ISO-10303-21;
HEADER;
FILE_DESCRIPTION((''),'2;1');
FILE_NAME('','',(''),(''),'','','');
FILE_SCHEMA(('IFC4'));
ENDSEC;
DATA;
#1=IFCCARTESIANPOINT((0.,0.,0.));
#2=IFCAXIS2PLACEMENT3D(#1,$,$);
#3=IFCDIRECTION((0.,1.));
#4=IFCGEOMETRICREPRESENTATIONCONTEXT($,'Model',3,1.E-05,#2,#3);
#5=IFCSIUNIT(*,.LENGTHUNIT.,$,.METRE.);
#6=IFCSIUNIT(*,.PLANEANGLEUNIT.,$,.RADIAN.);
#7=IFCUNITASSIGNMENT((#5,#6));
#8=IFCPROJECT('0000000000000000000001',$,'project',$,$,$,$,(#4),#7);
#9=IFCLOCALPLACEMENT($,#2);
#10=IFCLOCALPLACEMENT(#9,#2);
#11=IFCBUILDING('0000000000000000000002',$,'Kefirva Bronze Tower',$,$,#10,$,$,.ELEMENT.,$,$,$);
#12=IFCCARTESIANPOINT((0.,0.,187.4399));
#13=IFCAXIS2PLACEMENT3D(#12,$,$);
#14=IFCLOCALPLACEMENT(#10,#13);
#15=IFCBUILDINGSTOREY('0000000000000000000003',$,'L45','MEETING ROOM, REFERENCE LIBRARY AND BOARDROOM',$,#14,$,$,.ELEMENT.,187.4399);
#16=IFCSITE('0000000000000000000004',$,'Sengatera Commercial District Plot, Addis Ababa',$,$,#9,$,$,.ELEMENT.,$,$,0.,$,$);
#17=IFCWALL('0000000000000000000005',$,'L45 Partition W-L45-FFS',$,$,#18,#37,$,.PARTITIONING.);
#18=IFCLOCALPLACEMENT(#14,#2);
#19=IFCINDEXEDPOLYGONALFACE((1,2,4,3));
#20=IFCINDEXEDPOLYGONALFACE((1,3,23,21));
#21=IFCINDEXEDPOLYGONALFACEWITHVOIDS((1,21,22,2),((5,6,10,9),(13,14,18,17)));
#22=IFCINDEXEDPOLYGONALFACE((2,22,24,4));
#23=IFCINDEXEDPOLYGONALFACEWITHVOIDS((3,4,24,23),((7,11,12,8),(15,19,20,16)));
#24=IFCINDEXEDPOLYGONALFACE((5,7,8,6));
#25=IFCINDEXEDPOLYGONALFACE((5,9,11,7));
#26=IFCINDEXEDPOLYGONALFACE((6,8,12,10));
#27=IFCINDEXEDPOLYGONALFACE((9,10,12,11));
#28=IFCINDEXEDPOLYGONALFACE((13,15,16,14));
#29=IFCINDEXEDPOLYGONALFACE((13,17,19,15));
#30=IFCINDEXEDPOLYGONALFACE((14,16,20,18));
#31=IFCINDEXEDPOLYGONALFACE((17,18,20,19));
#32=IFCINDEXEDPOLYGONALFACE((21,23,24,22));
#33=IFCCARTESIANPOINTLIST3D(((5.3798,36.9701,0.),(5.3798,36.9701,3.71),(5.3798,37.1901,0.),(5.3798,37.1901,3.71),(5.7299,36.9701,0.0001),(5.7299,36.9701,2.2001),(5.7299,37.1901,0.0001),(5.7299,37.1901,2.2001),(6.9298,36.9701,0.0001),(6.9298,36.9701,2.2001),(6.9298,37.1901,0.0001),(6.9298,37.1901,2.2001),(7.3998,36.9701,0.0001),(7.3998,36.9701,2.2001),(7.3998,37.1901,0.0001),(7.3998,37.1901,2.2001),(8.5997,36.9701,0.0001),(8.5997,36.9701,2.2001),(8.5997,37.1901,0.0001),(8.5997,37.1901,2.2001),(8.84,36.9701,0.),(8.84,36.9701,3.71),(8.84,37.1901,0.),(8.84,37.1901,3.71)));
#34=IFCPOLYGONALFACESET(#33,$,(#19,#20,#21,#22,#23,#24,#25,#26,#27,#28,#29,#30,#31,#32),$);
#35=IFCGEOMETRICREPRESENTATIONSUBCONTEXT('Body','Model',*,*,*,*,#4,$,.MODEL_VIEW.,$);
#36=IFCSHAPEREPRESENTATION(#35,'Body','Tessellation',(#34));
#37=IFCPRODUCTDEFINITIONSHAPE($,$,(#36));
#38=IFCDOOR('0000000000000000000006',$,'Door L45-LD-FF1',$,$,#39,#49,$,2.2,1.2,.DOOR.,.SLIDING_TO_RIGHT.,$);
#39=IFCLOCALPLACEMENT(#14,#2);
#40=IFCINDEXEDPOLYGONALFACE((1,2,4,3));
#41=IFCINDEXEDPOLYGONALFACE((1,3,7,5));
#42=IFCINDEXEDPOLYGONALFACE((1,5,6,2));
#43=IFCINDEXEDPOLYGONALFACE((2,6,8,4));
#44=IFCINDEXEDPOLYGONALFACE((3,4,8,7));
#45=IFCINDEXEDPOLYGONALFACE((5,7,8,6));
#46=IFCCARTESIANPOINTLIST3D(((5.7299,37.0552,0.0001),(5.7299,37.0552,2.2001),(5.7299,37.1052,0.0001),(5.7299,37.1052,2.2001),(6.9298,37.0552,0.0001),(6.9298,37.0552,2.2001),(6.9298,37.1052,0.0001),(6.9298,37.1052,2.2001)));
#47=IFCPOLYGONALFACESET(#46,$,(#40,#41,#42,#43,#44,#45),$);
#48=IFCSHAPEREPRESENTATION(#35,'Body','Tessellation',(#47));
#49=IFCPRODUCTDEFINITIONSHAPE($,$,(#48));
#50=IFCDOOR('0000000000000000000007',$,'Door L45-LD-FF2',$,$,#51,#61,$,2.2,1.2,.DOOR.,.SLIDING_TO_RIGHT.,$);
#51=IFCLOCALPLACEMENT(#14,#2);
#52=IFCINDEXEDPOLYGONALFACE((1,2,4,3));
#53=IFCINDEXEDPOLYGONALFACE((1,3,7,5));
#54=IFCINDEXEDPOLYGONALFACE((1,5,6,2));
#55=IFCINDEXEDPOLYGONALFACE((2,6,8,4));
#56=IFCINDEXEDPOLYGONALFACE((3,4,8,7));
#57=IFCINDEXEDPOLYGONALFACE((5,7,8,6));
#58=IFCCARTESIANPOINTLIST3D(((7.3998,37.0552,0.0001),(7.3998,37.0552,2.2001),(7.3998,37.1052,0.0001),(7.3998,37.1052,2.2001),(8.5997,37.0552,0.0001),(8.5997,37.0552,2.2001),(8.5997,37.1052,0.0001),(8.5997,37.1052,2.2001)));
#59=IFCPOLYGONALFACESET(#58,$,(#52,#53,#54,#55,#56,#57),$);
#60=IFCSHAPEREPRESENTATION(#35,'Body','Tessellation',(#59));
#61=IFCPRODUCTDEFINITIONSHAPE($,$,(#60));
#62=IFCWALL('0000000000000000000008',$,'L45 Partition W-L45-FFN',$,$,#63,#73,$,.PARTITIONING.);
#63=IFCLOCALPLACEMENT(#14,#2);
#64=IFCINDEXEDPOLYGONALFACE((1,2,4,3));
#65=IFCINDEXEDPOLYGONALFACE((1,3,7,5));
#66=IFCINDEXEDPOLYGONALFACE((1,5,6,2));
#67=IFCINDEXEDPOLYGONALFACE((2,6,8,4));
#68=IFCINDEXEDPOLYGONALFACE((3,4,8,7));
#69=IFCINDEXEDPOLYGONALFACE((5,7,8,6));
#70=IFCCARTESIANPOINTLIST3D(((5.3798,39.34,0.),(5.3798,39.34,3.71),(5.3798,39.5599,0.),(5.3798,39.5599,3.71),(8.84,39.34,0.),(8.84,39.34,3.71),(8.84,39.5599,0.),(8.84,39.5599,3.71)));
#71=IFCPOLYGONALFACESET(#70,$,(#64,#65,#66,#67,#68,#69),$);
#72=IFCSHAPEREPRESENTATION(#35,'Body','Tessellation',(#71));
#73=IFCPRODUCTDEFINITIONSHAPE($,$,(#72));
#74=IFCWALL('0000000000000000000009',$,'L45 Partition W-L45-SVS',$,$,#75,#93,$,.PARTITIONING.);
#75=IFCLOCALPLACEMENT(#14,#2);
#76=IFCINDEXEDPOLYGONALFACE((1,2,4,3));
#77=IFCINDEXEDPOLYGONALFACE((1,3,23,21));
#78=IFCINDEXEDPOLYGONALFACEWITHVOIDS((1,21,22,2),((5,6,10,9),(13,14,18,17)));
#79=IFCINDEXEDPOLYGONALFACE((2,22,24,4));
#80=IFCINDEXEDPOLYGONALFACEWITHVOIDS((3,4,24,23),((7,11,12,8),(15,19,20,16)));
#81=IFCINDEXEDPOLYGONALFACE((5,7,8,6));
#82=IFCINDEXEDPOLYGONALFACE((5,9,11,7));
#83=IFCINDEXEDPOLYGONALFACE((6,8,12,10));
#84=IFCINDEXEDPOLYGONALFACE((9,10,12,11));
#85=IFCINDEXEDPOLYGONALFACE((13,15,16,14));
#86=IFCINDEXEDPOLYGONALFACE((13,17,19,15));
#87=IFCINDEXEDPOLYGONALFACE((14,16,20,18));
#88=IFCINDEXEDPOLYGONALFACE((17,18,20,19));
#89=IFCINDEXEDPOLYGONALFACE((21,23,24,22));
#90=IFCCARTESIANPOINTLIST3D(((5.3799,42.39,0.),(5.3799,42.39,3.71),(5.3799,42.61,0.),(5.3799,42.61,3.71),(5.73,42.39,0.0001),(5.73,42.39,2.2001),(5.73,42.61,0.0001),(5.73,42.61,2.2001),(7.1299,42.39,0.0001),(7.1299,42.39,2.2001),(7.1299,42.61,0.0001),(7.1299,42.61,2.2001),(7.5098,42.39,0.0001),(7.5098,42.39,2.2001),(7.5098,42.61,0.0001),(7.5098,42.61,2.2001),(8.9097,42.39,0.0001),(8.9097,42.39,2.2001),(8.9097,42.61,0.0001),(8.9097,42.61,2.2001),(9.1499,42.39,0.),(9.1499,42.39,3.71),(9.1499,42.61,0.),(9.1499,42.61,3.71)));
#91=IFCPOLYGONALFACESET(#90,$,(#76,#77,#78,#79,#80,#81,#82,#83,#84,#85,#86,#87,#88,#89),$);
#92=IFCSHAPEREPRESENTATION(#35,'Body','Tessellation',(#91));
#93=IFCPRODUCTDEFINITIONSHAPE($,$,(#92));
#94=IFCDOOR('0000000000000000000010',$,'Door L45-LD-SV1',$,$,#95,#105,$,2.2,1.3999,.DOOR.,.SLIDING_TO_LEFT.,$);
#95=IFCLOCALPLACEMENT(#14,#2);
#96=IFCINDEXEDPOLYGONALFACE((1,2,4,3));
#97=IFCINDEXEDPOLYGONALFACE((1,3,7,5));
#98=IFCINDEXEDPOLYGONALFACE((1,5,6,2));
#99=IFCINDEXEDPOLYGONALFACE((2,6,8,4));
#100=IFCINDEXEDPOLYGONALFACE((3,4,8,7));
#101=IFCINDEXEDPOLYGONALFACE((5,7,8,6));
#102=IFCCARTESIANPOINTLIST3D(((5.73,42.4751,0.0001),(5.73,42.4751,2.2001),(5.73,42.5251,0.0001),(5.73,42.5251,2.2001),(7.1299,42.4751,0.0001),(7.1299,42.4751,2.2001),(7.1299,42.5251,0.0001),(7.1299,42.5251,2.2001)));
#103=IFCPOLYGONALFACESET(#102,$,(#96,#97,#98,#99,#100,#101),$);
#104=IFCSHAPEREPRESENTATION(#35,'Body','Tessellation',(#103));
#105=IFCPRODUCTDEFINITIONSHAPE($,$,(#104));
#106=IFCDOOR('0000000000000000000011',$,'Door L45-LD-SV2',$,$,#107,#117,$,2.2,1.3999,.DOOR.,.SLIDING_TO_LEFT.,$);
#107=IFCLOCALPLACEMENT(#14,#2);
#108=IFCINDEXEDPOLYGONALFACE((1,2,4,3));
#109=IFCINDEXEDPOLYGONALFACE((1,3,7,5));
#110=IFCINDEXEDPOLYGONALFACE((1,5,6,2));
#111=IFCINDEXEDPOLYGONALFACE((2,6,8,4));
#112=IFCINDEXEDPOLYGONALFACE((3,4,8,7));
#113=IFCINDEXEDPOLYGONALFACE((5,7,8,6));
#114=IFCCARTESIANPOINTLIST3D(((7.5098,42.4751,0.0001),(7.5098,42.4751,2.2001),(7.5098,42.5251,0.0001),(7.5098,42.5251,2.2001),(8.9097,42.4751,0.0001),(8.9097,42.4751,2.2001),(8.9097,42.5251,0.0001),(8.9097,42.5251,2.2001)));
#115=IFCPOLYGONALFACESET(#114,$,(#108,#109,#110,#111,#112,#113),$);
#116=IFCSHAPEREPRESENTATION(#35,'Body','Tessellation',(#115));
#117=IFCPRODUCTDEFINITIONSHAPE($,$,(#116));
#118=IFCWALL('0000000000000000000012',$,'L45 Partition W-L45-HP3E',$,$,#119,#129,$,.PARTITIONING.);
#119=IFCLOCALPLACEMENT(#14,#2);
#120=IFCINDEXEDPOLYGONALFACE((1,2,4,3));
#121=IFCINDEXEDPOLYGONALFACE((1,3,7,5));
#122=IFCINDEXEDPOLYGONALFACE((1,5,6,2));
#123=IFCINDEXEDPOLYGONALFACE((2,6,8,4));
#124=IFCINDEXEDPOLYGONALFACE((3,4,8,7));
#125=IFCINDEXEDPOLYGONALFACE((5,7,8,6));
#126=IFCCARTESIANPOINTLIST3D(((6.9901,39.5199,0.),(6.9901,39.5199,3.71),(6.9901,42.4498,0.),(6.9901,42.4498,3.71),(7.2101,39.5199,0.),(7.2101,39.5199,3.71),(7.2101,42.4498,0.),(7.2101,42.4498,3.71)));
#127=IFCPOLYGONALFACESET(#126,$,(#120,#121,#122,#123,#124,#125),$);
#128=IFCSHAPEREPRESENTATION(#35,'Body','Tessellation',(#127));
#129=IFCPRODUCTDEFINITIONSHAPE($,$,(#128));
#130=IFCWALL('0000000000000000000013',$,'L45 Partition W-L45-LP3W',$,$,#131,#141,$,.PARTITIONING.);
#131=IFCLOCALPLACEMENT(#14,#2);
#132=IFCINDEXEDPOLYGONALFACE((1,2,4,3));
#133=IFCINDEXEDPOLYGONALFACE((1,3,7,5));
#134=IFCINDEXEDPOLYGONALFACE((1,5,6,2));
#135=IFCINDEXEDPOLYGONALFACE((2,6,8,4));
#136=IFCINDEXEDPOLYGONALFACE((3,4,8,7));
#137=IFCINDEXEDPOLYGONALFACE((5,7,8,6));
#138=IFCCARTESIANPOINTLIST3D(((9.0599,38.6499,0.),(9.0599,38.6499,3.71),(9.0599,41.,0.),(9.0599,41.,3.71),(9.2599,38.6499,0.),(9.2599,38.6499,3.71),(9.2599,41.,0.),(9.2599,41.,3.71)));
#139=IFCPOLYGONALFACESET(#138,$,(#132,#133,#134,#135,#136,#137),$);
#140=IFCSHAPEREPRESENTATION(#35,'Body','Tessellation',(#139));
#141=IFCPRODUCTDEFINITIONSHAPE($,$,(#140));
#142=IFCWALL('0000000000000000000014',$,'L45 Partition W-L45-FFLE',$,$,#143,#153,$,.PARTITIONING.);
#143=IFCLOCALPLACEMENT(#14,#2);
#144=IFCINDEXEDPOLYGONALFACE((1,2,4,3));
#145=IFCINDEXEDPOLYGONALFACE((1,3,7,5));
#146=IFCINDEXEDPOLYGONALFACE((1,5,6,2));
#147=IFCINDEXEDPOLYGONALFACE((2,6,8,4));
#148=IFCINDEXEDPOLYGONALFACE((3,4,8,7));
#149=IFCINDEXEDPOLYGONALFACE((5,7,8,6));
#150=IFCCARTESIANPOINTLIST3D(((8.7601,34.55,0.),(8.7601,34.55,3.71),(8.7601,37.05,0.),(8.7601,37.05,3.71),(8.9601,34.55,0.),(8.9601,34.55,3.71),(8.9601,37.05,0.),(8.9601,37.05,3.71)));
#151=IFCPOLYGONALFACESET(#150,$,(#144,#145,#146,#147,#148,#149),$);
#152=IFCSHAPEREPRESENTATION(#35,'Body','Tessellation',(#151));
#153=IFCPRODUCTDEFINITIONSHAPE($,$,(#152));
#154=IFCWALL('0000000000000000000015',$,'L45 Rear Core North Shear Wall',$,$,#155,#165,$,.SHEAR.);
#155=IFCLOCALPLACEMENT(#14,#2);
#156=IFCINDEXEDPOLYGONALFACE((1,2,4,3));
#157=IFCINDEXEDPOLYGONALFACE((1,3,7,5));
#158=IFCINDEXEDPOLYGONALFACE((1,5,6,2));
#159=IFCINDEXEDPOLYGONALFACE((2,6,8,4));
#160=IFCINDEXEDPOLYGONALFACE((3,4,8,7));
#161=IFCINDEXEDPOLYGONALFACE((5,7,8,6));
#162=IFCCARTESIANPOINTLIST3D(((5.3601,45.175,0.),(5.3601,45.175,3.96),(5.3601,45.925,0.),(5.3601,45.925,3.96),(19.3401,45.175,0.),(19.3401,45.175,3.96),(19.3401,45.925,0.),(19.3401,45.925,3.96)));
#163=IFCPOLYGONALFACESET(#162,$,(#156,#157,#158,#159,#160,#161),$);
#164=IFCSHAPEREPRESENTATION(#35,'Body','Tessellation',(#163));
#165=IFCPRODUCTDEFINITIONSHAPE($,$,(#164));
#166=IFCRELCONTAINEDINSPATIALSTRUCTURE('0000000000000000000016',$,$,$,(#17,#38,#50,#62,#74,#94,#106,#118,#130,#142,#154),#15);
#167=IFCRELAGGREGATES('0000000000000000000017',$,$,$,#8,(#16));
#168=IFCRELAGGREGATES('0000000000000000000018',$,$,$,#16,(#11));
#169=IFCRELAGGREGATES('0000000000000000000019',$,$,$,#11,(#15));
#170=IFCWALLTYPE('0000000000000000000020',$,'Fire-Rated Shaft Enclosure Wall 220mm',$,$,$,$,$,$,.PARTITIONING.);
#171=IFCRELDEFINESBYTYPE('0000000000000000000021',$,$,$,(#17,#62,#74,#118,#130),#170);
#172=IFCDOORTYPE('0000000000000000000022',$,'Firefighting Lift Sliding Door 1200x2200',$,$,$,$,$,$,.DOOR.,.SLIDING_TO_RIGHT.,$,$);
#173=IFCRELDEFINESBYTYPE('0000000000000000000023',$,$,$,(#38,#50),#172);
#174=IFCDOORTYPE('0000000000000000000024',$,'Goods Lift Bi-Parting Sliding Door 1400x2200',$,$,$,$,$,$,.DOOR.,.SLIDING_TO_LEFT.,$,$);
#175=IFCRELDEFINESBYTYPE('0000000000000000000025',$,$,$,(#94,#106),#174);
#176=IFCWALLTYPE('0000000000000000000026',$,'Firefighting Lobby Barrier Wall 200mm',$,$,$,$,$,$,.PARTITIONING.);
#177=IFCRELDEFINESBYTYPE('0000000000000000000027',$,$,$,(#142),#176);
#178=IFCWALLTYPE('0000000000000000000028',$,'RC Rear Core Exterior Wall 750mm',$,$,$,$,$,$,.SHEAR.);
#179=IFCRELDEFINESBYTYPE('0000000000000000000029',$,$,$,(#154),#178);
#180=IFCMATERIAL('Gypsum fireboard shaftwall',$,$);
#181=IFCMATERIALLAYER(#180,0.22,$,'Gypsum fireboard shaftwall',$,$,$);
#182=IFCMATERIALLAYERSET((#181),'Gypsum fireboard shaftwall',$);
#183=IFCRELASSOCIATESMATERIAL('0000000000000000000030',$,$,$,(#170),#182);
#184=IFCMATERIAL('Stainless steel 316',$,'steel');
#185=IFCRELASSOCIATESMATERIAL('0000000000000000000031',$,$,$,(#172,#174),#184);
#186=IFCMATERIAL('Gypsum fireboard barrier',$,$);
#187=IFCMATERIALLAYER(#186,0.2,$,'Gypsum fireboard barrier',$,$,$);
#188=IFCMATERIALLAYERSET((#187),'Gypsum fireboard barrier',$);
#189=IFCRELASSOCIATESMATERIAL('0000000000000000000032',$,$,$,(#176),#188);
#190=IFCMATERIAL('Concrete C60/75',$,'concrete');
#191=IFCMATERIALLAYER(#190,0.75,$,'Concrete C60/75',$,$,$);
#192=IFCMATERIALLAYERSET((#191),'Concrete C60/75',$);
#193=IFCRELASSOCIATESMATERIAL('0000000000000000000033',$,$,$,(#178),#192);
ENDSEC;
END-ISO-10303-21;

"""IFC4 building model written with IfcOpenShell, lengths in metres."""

from ifc_helpers import new_model, si_unit, direction, frame, frame_2d, origin, place, context, subcontext, project, spatial, rectangle, extrude, material, layer, layer_set, type_object, element, fill, save


model = new_model("IFC4")

# Units and contexts
model_context = context("Model", 3, precision=1e-05, world=origin(), true_north=direction((0.0, 1.0)))
body_context = subcontext(model_context, "Body", "Model", "MODEL_VIEW")
ifc_project = project(units=[si_unit("LENGTHUNIT", "METRE"), si_unit("PLANEANGLEUNIT", "RADIAN")], contexts=[model_context])

# Site, building, storey
site_placement = place(None, origin())
site = spatial("IfcSite", under=ifc_project, at=site_placement, Name="Sengatera Commercial District Plot, Addis Ababa", CompositionType="ELEMENT", RefElevation=0.0)
building_placement = place(site_placement, origin())
building = spatial("IfcBuilding", under=site, at=building_placement, Name="Kefirva Bronze Tower", CompositionType="ELEMENT")
storey_placement = place(building_placement, frame((0.0, 0.0, 187.4399)))
storey = spatial("IfcBuildingStorey", under=building, at=storey_placement, Name="L45", Description="MEETING ROOM, REFERENCE LIBRARY AND BOARDROOM", CompositionType="ELEMENT", Elevation=187.4399)

# Wall, openings, doors
ifc_material_1 = material(Name="Gypsum fireboard shaftwall")
ifc_layer_1 = layer(ifc_material_1, 0.22, Name="Gypsum fireboard shaftwall")
ifc_layer_set_1 = layer_set([ifc_layer_1], Name="Gypsum fireboard shaftwall")
wall_type_1 = type_object("IfcWallType", Name="Fire-Rated Shaft Enclosure Wall 220mm", PredefinedType="PARTITIONING", material=ifc_layer_set_1)
wall_1_placement = place(storey_placement, frame((5.3799, 37.0801, 0.0), z_axis=(0.0, 0.0, 1.0), x_axis=(1.0, 0.0, 0.0)))
wall_1 = element("IfcWall", 1, at=wall_1_placement, inside=storey, type_object=wall_type_1, Name="L45 Partition W-L45-FFS", PredefinedType="PARTITIONING", context=body_context, shape_type="SweptSolid", body=[
    extrude(rectangle(XDim=3.4602, YDim=0.22, at=frame_2d((1.73, 0.0))), origin(), (0.0, 0.0, 1.0), 3.71),
])
opening_1_placement = place(wall_1_placement, frame((1.55, 0.0, 0.0), z_axis=(0.0, 0.0, 1.0), x_axis=(-1.0, 0.0, 0.0)))
opening_1 = element("IfcOpeningElement", 2, at=opening_1_placement, cuts=wall_1, PredefinedType="OPENING", context=body_context, shape_type="SweptSolid", body=[
    extrude(rectangle(XDim=1.2, YDim=2.2, at=frame_2d((0.6001, 1.1001))), frame((0.0, 0.1201, 0.0), z_axis=(0.0, -1.0, 0.0), x_axis=(1.0, 0.0, 0.0)), (0.0, 0.0, 1.0), 0.24),
])
opening_2_placement = place(wall_1_placement, frame((3.22, 0.0, 0.0), z_axis=(0.0, 0.0, 1.0), x_axis=(-1.0, 0.0, 0.0)))
opening_2 = element("IfcOpeningElement", 3, at=opening_2_placement, cuts=wall_1, PredefinedType="OPENING", context=body_context, shape_type="SweptSolid", body=[
    extrude(rectangle(XDim=1.2, YDim=2.2, at=frame_2d((0.6001, 1.1001))), frame((0.0, 0.1201, 0.0), z_axis=(0.0, -1.0, 0.0), x_axis=(1.0, 0.0, 0.0)), (0.0, 0.0, 1.0), 0.24),
])
ifc_material_2 = material(Name="Stainless steel 316", Category="steel")
door_type_1 = type_object("IfcDoorType", Name="Firefighting Lift Sliding Door 1200x2200", OperationType="SLIDING_TO_RIGHT", PredefinedType="DOOR", material=ifc_material_2)
door_1_placement = place(opening_1_placement, origin())
door_1 = element("IfcDoor", 4, at=door_1_placement, inside=storey, type_object=door_type_1, Name="Door L45-LD-FF1", OperationType="SLIDING_TO_RIGHT", OverallHeight=2.2, OverallWidth=1.2, PredefinedType="DOOR", context=body_context, shape_type="SweptSolid", body=[
    extrude(rectangle(XDim=1.2, YDim=2.2, at=frame_2d((0.6001, 1.1001))), frame((0.0, 0.0249, 0.0), z_axis=(0.0, -1.0, 0.0), x_axis=(1.0, 0.0, 0.0)), (0.0, 0.0, 1.0), 0.05),
])
fill(opening_1, door_1)
door_2_placement = place(opening_2_placement, origin())
door_2 = element("IfcDoor", 5, at=door_2_placement, inside=storey, type_object=door_type_1, Name="Door L45-LD-FF2", OperationType="SLIDING_TO_RIGHT", OverallHeight=2.2, OverallWidth=1.2, PredefinedType="DOOR", context=body_context, shape_type="SweptSolid", body=[
    extrude(rectangle(XDim=1.2, YDim=2.2, at=frame_2d((0.6001, 1.1001))), frame((0.0, 0.0249, 0.0), z_axis=(0.0, -1.0, 0.0), x_axis=(1.0, 0.0, 0.0)), (0.0, 0.0, 1.0), 0.05),
])
fill(opening_2, door_2)

# Wall
wall_2_placement = place(storey_placement, frame((5.3799, 39.45, 0.0), z_axis=(0.0, 0.0, 1.0), x_axis=(1.0, 0.0, 0.0)))
element("IfcWall", 6, at=wall_2_placement, inside=storey, type_object=wall_type_1, Name="L45 Partition W-L45-FFN", PredefinedType="PARTITIONING", context=body_context, shape_type="SweptSolid", body=[
    extrude(rectangle(XDim=3.4602, YDim=0.22, at=frame_2d((1.73, 0.0))), origin(), (0.0, 0.0, 1.0), 3.71),
])

# Wall, openings, doors
wall_3_placement = place(storey_placement, frame((5.3799, 42.5, 0.0), z_axis=(0.0, 0.0, 1.0), x_axis=(1.0, 0.0, 0.0)))
wall_3 = element("IfcWall", 7, at=wall_3_placement, inside=storey, type_object=wall_type_1, Name="L45 Partition W-L45-SVS", PredefinedType="PARTITIONING", context=body_context, shape_type="SweptSolid", body=[
    extrude(rectangle(XDim=3.77, YDim=0.22, at=frame_2d((1.885, 0.0))), origin(), (0.0, 0.0, 1.0), 3.71),
])
opening_3_placement = place(wall_3_placement, frame((1.75, 0.0, 0.0), z_axis=(0.0, 0.0, 1.0), x_axis=(-1.0, 0.0, 0.0)))
opening_3 = element("IfcOpeningElement", 8, at=opening_3_placement, cuts=wall_3, PredefinedType="OPENING", context=body_context, shape_type="SweptSolid", body=[
    extrude(rectangle(XDim=1.3999, YDim=2.2, at=frame_2d((0.7, 1.1001))), frame((0.0, 0.1201, 0.0), z_axis=(0.0, -1.0, 0.0), x_axis=(1.0, 0.0, 0.0)), (0.0, 0.0, 1.0), 0.24),
])
opening_4_placement = place(wall_3_placement, frame((3.5298, 0.0, 0.0), z_axis=(0.0, 0.0, 1.0), x_axis=(-1.0, 0.0, 0.0)))
opening_4 = element("IfcOpeningElement", 9, at=opening_4_placement, cuts=wall_3, PredefinedType="OPENING", context=body_context, shape_type="SweptSolid", body=[
    extrude(rectangle(XDim=1.3999, YDim=2.2, at=frame_2d((0.7, 1.1001))), frame((0.0, 0.1201, 0.0), z_axis=(0.0, -1.0, 0.0), x_axis=(1.0, 0.0, 0.0)), (0.0, 0.0, 1.0), 0.24),
])
door_type_2 = type_object("IfcDoorType", Name="Goods Lift Bi-Parting Sliding Door 1400x2200", OperationType="SLIDING_TO_LEFT", PredefinedType="DOOR", material=ifc_material_2)
door_3_placement = place(opening_3_placement, origin())
door_3 = element("IfcDoor", 10, at=door_3_placement, inside=storey, type_object=door_type_2, Name="Door L45-LD-SV1", OperationType="SLIDING_TO_LEFT", OverallHeight=2.2, OverallWidth=1.3999, PredefinedType="DOOR", context=body_context, shape_type="SweptSolid", body=[
    extrude(rectangle(XDim=1.3999, YDim=2.2, at=frame_2d((0.7, 1.1001))), frame((0.0, 0.0249, 0.0), z_axis=(0.0, -1.0, 0.0), x_axis=(1.0, 0.0, 0.0)), (0.0, 0.0, 1.0), 0.05),
])
fill(opening_3, door_3)
door_4_placement = place(opening_4_placement, origin())
door_4 = element("IfcDoor", 11, at=door_4_placement, inside=storey, type_object=door_type_2, Name="Door L45-LD-SV2", OperationType="SLIDING_TO_LEFT", OverallHeight=2.2, OverallWidth=1.3999, PredefinedType="DOOR", context=body_context, shape_type="SweptSolid", body=[
    extrude(rectangle(XDim=1.3999, YDim=2.2, at=frame_2d((0.7, 1.1001))), frame((0.0, 0.0249, 0.0), z_axis=(0.0, -1.0, 0.0), x_axis=(1.0, 0.0, 0.0)), (0.0, 0.0, 1.0), 0.05),
])
fill(opening_4, door_4)

# Walls
wall_4_placement = place(storey_placement, frame((7.1001, 39.52, 0.0), z_axis=(0.0, 0.0, 1.0), x_axis=(0.0, 1.0, 0.0)))
element("IfcWall", 12, at=wall_4_placement, inside=storey, type_object=wall_type_1, Name="L45 Partition W-L45-HP3E", PredefinedType="PARTITIONING", context=body_context, shape_type="SweptSolid", body=[
    extrude(rectangle(XDim=2.9299, YDim=0.22, at=frame_2d((1.4648, 0.0))), origin(), (0.0, 0.0, 1.0), 3.71),
])
wall_5_placement = place(storey_placement, frame((9.1599, 38.6499, 0.0), z_axis=(0.0, 0.0, 1.0), x_axis=(0.0, 1.0, 0.0)))
element("IfcWall", 13, at=wall_5_placement, inside=storey, type_object=wall_type_1, Name="L45 Partition W-L45-LP3W", PredefinedType="PARTITIONING", context=body_context, shape_type="SweptSolid", body=[
    extrude(rectangle(XDim=2.3501, YDim=0.2, at=frame_2d((1.175, 0.0))), origin(), (0.0, 0.0, 1.0), 3.71),
])
ifc_material_3 = material(Name="Gypsum fireboard barrier")
ifc_layer_2 = layer(ifc_material_3, 0.2, Name="Gypsum fireboard barrier")
ifc_layer_set_2 = layer_set([ifc_layer_2], Name="Gypsum fireboard barrier")
wall_type_2 = type_object("IfcWallType", Name="Firefighting Lobby Barrier Wall 200mm", PredefinedType="PARTITIONING", material=ifc_layer_set_2)
wall_6_placement = place(storey_placement, frame((8.8601, 34.55, 0.0), z_axis=(0.0, 0.0, 1.0), x_axis=(0.0, 1.0, 0.0)))
element("IfcWall", 14, at=wall_6_placement, inside=storey, type_object=wall_type_2, Name="L45 Partition W-L45-FFLE", PredefinedType="PARTITIONING", context=body_context, shape_type="SweptSolid", body=[
    extrude(rectangle(XDim=2.5, YDim=0.2, at=frame_2d((1.25, 0.0))), origin(), (0.0, 0.0, 1.0), 3.71),
])

# Wall
ifc_material_4 = material(Name="Concrete C60/75", Category="concrete")
ifc_layer_3 = layer(ifc_material_4, 0.75, Name="Concrete C60/75")
ifc_layer_set_3 = layer_set([ifc_layer_3], Name="Concrete C60/75")
wall_type_3 = type_object("IfcWallType", Name="RC Rear Core Exterior Wall 750mm", PredefinedType="SHEAR", material=ifc_layer_set_3)
wall_7_placement = place(storey_placement, frame((5.3601, 45.55, 0.0), z_axis=(0.0, 0.0, 1.0), x_axis=(1.0, 0.0, 0.0)))
element("IfcWall", 15, at=wall_7_placement, inside=storey, type_object=wall_type_3, Name="L45 Rear Core North Shear Wall", PredefinedType="SHEAR", context=body_context, shape_type="SweptSolid", body=[
    extrude(rectangle(XDim=13.98, YDim=0.75, at=frame_2d((6.99, 0.0))), origin(), (0.0, 0.0, 1.0), 3.96),
])

save(model, "model.ifc")
